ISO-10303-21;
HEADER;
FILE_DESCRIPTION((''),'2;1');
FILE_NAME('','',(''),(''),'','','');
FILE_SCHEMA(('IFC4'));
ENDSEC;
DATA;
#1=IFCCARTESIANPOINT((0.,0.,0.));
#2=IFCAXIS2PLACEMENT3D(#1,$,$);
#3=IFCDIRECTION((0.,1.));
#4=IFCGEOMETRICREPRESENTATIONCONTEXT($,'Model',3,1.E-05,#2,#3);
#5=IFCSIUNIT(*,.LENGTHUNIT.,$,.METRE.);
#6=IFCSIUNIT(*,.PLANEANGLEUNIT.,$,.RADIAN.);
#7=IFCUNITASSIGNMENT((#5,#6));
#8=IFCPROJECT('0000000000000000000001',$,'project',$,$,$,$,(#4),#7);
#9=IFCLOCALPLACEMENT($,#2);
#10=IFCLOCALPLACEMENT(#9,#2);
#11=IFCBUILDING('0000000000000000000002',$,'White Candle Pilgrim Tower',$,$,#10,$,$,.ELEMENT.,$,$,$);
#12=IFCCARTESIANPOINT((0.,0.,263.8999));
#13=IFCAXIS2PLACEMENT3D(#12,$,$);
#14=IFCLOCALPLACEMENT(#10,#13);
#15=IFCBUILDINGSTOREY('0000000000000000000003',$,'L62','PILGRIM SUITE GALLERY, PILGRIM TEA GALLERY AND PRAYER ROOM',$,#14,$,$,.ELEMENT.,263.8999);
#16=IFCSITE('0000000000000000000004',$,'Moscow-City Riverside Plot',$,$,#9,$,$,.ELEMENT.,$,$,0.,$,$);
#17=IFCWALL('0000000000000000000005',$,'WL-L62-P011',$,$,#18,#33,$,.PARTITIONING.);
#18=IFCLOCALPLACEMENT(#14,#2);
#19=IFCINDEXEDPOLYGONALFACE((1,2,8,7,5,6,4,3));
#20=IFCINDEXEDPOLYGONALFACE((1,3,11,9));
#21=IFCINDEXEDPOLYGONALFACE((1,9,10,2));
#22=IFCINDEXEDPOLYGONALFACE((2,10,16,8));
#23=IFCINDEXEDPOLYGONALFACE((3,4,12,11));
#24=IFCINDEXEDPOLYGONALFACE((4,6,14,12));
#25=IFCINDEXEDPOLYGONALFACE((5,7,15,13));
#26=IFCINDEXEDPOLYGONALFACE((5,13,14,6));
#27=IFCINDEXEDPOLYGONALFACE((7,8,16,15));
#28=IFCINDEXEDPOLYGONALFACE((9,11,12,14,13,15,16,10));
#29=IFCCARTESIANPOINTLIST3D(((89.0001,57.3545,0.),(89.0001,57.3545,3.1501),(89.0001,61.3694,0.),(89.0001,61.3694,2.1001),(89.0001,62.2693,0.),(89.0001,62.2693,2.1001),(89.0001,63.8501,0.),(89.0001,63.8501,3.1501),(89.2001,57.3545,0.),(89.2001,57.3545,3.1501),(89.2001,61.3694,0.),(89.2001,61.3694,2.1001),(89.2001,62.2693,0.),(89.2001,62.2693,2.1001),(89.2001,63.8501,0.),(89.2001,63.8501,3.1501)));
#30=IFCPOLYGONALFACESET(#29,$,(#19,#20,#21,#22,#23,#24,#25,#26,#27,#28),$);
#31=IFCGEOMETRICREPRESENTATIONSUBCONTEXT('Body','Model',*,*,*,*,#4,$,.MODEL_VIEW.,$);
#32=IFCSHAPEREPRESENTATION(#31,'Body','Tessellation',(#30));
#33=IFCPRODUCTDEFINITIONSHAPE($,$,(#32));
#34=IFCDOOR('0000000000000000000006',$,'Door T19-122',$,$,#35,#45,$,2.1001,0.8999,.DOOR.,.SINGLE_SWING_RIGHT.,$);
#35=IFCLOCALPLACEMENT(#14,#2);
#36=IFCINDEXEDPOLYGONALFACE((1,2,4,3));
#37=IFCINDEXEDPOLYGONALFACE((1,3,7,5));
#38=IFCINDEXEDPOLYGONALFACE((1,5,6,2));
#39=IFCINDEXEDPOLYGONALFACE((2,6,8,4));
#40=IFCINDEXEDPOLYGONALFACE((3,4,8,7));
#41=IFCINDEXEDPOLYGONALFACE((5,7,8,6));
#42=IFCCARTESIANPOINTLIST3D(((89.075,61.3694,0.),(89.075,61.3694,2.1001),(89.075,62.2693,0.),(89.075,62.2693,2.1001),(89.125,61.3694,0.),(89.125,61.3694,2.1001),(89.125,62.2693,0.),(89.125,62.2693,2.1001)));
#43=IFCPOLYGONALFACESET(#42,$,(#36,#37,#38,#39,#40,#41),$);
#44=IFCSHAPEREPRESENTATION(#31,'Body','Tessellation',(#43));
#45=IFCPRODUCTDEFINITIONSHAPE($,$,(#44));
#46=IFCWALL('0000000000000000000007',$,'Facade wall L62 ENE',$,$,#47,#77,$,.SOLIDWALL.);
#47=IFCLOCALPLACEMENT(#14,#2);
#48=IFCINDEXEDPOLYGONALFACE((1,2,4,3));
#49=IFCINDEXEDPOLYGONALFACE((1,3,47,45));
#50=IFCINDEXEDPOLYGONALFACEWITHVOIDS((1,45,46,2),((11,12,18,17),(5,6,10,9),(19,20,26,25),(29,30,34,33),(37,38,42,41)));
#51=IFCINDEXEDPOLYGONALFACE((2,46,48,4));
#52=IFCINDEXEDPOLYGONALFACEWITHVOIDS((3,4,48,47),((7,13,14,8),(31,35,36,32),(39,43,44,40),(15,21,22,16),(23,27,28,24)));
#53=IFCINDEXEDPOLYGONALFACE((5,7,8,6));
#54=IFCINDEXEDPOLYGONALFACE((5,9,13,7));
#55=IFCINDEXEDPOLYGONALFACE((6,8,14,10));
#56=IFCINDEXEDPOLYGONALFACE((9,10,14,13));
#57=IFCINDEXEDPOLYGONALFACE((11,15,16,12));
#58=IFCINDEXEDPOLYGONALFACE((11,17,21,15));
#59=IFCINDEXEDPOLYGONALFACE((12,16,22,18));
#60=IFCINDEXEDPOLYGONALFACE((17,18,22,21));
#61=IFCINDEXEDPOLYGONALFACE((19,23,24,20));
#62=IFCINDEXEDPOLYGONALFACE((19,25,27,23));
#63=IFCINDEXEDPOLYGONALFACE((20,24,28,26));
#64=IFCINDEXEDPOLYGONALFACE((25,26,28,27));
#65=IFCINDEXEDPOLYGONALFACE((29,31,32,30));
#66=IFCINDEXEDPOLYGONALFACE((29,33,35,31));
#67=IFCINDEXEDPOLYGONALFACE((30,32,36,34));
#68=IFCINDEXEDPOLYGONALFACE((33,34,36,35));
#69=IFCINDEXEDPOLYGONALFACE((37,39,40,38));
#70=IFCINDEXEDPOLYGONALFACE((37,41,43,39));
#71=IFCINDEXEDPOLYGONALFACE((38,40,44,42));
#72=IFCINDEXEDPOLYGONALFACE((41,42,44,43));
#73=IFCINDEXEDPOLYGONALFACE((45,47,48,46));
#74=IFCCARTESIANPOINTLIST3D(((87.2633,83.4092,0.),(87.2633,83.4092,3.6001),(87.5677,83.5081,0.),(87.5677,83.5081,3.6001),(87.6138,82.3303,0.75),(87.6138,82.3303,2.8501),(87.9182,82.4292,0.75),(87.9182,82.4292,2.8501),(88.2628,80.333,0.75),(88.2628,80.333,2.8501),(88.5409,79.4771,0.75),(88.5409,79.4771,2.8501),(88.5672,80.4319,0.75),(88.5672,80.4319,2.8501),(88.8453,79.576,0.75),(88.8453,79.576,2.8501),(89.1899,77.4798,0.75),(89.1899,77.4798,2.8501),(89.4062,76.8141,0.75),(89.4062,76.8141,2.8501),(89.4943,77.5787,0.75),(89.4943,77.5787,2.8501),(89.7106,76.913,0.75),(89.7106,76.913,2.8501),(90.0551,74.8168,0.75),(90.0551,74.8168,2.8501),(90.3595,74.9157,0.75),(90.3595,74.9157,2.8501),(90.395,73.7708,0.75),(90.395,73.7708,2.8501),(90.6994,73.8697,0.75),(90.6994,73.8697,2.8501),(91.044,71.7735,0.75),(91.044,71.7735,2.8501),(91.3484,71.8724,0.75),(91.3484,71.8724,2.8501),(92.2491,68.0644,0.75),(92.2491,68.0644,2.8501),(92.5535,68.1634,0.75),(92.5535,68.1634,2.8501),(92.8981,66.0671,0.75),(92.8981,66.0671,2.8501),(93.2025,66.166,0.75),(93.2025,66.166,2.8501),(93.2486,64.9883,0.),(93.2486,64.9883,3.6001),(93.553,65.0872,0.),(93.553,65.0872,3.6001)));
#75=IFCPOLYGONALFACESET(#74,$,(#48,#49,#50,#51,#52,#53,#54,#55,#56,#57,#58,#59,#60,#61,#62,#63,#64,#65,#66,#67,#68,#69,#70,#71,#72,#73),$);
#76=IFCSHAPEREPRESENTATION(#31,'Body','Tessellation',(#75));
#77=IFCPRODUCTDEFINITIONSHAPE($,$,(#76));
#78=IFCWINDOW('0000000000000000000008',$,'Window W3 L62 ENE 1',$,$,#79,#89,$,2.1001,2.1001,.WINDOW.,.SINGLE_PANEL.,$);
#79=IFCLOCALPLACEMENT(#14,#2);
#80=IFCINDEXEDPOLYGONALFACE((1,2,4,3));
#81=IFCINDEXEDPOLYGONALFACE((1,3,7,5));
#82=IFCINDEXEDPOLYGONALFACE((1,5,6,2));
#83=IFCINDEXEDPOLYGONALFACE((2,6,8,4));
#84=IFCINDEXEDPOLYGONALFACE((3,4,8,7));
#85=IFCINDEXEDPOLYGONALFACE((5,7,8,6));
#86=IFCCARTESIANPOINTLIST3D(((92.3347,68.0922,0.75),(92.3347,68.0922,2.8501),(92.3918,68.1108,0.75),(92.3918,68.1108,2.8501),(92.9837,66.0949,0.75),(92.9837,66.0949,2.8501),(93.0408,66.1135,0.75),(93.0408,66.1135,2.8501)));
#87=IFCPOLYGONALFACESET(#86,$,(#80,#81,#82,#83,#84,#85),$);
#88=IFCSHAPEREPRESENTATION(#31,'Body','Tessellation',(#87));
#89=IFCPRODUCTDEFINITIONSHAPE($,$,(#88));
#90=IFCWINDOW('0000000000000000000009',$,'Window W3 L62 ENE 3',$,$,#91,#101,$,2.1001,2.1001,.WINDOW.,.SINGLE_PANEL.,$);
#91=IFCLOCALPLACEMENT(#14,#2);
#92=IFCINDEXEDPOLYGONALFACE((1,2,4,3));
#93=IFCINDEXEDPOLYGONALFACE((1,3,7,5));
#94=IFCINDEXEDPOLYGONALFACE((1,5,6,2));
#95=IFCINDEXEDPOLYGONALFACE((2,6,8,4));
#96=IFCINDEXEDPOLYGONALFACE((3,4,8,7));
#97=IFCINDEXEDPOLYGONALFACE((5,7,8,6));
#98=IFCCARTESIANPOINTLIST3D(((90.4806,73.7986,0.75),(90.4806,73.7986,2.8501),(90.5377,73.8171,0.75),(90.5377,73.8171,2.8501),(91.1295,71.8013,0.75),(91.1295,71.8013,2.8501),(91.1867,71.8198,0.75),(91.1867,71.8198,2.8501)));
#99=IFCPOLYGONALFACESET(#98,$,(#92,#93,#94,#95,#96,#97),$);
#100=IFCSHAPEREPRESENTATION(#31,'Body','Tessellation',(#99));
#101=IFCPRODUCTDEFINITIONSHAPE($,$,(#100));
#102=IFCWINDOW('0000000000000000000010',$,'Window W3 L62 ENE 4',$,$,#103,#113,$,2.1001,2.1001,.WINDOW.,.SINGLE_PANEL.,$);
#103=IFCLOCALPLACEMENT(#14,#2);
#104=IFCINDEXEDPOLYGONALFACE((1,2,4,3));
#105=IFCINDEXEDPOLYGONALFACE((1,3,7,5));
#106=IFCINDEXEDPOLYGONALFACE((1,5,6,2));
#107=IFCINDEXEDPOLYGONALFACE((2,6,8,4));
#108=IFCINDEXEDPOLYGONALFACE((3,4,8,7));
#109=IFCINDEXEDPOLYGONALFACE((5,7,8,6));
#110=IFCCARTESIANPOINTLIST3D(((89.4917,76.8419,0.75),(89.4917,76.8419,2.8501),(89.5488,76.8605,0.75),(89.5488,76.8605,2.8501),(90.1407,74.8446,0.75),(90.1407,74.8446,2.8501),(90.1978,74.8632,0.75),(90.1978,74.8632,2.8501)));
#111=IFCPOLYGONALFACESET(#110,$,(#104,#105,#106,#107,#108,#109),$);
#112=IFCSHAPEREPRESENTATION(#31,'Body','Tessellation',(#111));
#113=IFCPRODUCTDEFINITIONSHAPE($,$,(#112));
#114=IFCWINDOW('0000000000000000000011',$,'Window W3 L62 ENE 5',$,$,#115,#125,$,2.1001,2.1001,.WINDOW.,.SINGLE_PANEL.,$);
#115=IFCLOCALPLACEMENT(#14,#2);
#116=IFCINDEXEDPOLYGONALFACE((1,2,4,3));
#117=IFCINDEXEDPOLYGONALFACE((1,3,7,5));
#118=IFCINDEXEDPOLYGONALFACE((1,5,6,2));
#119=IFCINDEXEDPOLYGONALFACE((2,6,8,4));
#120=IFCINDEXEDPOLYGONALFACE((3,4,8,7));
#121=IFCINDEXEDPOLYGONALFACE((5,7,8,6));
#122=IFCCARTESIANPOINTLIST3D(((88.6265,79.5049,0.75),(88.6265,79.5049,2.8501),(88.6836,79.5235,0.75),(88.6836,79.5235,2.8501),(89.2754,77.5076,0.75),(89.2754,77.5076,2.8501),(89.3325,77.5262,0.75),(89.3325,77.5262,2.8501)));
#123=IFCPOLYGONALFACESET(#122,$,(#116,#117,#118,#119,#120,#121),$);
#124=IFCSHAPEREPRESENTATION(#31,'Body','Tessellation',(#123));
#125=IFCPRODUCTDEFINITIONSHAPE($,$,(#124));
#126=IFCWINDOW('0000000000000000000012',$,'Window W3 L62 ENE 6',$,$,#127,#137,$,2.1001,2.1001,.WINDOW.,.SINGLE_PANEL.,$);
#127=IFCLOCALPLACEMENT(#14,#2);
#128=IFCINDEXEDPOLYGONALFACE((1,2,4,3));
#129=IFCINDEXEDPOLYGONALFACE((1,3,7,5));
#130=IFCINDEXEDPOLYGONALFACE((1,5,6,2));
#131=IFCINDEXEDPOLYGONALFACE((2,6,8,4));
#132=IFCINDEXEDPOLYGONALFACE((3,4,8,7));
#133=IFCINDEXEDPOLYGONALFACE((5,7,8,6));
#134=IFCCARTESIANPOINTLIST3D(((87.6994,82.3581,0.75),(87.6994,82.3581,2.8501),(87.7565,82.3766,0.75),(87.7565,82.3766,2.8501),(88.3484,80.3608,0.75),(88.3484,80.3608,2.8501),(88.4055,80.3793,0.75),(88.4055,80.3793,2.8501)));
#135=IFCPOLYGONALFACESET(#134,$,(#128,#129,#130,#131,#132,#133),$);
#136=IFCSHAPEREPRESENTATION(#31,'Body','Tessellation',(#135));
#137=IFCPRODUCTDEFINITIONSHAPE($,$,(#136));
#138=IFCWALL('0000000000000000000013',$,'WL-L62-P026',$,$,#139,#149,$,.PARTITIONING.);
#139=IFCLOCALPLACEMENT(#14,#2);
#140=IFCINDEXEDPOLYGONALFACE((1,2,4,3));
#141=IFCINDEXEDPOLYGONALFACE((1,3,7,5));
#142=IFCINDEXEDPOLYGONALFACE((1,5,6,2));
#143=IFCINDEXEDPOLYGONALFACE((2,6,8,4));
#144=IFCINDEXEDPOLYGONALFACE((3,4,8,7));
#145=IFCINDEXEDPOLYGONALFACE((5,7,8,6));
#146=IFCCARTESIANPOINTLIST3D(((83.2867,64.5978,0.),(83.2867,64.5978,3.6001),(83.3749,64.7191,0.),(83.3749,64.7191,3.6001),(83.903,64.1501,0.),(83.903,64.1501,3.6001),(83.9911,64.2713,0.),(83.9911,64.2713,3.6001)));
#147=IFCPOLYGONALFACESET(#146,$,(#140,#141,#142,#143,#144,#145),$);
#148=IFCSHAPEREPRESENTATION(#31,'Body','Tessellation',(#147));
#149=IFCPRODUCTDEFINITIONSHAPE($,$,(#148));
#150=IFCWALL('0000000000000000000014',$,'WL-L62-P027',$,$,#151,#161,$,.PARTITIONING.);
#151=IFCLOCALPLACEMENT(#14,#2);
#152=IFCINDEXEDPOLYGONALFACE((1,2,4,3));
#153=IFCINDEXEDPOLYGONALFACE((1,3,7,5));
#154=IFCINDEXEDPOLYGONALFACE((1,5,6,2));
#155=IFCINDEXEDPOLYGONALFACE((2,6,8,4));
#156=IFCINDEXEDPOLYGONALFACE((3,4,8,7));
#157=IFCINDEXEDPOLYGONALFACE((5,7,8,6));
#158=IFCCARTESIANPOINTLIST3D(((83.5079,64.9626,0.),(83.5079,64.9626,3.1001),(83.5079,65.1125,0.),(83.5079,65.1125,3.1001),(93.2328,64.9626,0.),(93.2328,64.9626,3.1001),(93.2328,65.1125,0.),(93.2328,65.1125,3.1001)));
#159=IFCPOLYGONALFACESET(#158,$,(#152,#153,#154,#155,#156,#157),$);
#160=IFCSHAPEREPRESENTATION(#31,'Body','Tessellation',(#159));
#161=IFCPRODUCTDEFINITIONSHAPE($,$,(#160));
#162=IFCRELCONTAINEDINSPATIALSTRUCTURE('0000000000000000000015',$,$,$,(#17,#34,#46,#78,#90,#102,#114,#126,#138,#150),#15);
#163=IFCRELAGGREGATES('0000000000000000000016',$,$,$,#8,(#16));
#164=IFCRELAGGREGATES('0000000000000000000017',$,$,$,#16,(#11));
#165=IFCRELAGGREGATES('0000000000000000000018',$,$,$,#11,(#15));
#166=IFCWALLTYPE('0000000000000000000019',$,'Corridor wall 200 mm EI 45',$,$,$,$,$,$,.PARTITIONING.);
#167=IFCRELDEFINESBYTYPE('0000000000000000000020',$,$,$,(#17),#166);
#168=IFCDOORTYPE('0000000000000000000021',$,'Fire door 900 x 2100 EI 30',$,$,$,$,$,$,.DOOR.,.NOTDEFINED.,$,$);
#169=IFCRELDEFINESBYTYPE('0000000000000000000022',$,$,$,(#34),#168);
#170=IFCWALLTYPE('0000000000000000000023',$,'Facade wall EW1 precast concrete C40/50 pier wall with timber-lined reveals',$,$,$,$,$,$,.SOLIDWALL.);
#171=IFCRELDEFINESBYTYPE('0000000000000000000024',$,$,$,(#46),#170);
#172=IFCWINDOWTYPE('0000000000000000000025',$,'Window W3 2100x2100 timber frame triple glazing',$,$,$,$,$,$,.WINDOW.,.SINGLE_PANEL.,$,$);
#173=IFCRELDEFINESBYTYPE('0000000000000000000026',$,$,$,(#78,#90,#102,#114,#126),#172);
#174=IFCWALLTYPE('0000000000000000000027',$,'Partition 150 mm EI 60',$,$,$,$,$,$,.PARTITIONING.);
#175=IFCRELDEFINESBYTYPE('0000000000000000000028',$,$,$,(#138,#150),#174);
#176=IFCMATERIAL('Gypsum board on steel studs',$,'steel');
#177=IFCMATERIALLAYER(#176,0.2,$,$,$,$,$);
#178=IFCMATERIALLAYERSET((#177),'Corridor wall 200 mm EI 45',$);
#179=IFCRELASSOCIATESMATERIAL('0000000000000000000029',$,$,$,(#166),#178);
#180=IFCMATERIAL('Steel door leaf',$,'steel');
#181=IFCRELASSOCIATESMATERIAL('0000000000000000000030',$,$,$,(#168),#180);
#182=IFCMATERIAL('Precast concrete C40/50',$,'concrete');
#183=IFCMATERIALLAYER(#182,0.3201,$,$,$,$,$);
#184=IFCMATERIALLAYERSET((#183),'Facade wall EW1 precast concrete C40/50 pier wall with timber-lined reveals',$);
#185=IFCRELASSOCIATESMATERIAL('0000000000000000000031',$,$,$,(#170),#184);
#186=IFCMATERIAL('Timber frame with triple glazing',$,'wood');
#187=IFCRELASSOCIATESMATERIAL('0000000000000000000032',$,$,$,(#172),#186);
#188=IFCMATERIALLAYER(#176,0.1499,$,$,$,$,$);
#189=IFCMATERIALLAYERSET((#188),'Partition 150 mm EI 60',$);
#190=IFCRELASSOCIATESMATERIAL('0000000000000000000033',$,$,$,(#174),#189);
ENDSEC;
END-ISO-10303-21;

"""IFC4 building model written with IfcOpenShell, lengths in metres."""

from ifc_helpers import new_model, si_unit, direction, frame, frame_2d, origin, place, context, subcontext, project, spatial, rectangle, extrude, material, layer, layer_set, type_object, element, fill, save


model = new_model("IFC4")

# Units and contexts
model_context = context("Model", 3, precision=1e-05, world=origin(), true_north=direction((0.0, 1.0)))
body_context = subcontext(model_context, "Body", "Model", "MODEL_VIEW")
ifc_project = project(units=[si_unit("LENGTHUNIT", "METRE"), si_unit("PLANEANGLEUNIT", "RADIAN")], contexts=[model_context])

# Site, building, storey
site_placement = place(None, origin())
site = spatial("IfcSite", under=ifc_project, at=site_placement, Name="Moscow-City Riverside Plot", CompositionType="ELEMENT", RefElevation=0.0)
building_placement = place(site_placement, origin())
building = spatial("IfcBuilding", under=site, at=building_placement, Name="White Candle Pilgrim Tower", CompositionType="ELEMENT")
storey_placement = place(building_placement, frame((0.0, 0.0, 263.8999)))
storey = spatial("IfcBuildingStorey", under=building, at=storey_placement, Name="L62", Description="PILGRIM SUITE GALLERY, PILGRIM TEA GALLERY AND PRAYER ROOM", CompositionType="ELEMENT", Elevation=263.8999)

# Shared definitions
ifc_material_1 = material(Name="Gypsum board on steel studs", Category="steel")
ifc_layer_1 = layer(ifc_material_1, 0.2)
ifc_layer_set_1 = layer_set([ifc_layer_1], Name="Corridor wall 200 mm EI 45")
wall_type_1 = type_object("IfcWallType", Name="Corridor wall 200 mm EI 45", PredefinedType="PARTITIONING", material=ifc_layer_set_1)

# Shared definitions
ifc_material_2 = material(Name="Steel door leaf", Category="steel")
door_type = type_object("IfcDoorType", Name="Fire door 900 x 2100 EI 30", OperationType="NOTDEFINED", PredefinedType="DOOR", material=ifc_material_2)

# Wall, opening, door
wall_1_placement = place(storey_placement, frame((89.1001, 63.8501, 0.0), z_axis=(0.0, 0.0, 1.0), x_axis=(0.0, -1.0, 0.0)))
wall_1 = element("IfcWall", 1, at=wall_1_placement, inside=storey, type_object=wall_type_1, Name="WL-L62-P011", PredefinedType="PARTITIONING", context=body_context, shape_type="SweptSolid", body=[
    extrude(rectangle(XDim=6.4956, YDim=0.2, at=frame_2d((3.2478, 0.0))), origin(), (0.0, 0.0, 1.0), 3.1501),
])
opening_1_placement = place(wall_1_placement, frame((1.5808, 0.0, 0.0)))
opening_1 = element("IfcOpeningElement", 2, at=opening_1_placement, cuts=wall_1, PredefinedType="OPENING", context=body_context, shape_type="SweptSolid", body=[
    extrude(rectangle(XDim=0.8999, YDim=2.1001, at=frame_2d((0.45, 1.05))), frame((0.0, 0.1099, 0.0), z_axis=(0.0, -1.0, 0.0), x_axis=(1.0, 0.0, 0.0)), (0.0, 0.0, 1.0), 0.22),
])
door_1_placement = place(opening_1_placement, origin())
door_1 = element("IfcDoor", 3, at=door_1_placement, inside=storey, type_object=door_type, Name="Door T19-122", OperationType="SINGLE_SWING_RIGHT", OverallHeight=2.1001, OverallWidth=0.8999, PredefinedType="DOOR", context=body_context, shape_type="SweptSolid", body=[
    extrude(rectangle(XDim=0.8999, YDim=2.1001, at=frame_2d((0.45, 1.05))), frame((0.0, 0.0249, 0.0), z_axis=(0.0, -1.0, 0.0), x_axis=(1.0, 0.0, 0.0)), (0.0, 0.0, 1.0), 0.05),
])
fill(opening_1, door_1)

# Wall, openings, windows
ifc_material_3 = material(Name="Precast concrete C40/50", Category="concrete")
ifc_layer_2 = layer(ifc_material_3, 0.3201)
ifc_layer_set_2 = layer_set([ifc_layer_2], Name="Facade wall EW1 precast concrete C40/50 pier wall with timber-lined reveals")
wall_type_2 = type_object("IfcWallType", Name="Facade wall EW1 precast concrete C40/50 pier wall with timber-lined reveals", PredefinedType="SOLIDWALL", material=ifc_layer_set_2)
wall_2_placement = place(storey_placement, frame((93.4009, 65.0376, 0.0), z_axis=(0.0, 0.0, 1.0), x_axis=(-0.309019, 0.951056, 0.0)))
wall_2 = element("IfcWall", 4, at=wall_2_placement, inside=storey, type_object=wall_type_2, Name="Facade wall L62 ENE", PredefinedType="SOLIDWALL", context=body_context, shape_type="SweptSolid", body=[
    extrude(rectangle(XDim=19.3689, YDim=0.3201, at=frame_2d((9.6846, 0.0))), origin(), (0.0, 0.0, 1.0), 3.6001),
])
opening_2_placement = place(wall_2_placement, frame((1.1345, 0.0, 0.75)))
opening_2 = element("IfcOpeningElement", 5, at=opening_2_placement, cuts=wall_2, PredefinedType="OPENING", context=body_context, shape_type="SweptSolid", body=[
    extrude(rectangle(XDim=2.1001, YDim=2.1001, at=frame_2d((1.05, 1.05))), frame((0.0, 0.1699, 0.0), z_axis=(0.0, -1.0, 0.0), x_axis=(1.0, 0.0, 0.0)), (0.0, 0.0, 1.0), 0.3401),
])
opening_3_placement = place(wall_2_placement, frame((7.1345, 0.0, 0.75)))
opening_3 = element("IfcOpeningElement", 6, at=opening_3_placement, cuts=wall_2, PredefinedType="OPENING", context=body_context, shape_type="SweptSolid", body=[
    extrude(rectangle(XDim=2.1001, YDim=2.1001, at=frame_2d((1.05, 1.05))), frame((0.0, 0.1699, 0.0), z_axis=(0.0, -1.0, 0.0), x_axis=(1.0, 0.0, 0.0)), (0.0, 0.0, 1.0), 0.3401),
])
opening_4_placement = place(wall_2_placement, frame((10.3345, 0.0, 0.75)))
opening_4 = element("IfcOpeningElement", 7, at=opening_4_placement, cuts=wall_2, PredefinedType="OPENING", context=body_context, shape_type="SweptSolid", body=[
    extrude(rectangle(XDim=2.1001, YDim=2.1001, at=frame_2d((1.05, 1.05))), frame((0.0, 0.1699, 0.0), z_axis=(0.0, -1.0, 0.0), x_axis=(1.0, 0.0, 0.0)), (0.0, 0.0, 1.0), 0.3401),
])
opening_5_placement = place(wall_2_placement, frame((13.1345, 0.0, 0.75)))
opening_5 = element("IfcOpeningElement", 8, at=opening_5_placement, cuts=wall_2, PredefinedType="OPENING", context=body_context, shape_type="SweptSolid", body=[
    extrude(rectangle(XDim=2.1001, YDim=2.1001, at=frame_2d((1.05, 1.05))), frame((0.0, 0.1699, 0.0), z_axis=(0.0, -1.0, 0.0), x_axis=(1.0, 0.0, 0.0)), (0.0, 0.0, 1.0), 0.3401),
])
opening_6_placement = place(wall_2_placement, frame((16.1345, 0.0, 0.75)))
opening_6 = element("IfcOpeningElement", 9, at=opening_6_placement, cuts=wall_2, PredefinedType="OPENING", context=body_context, shape_type="SweptSolid", body=[
    extrude(rectangle(XDim=2.1001, YDim=2.1001, at=frame_2d((1.05, 1.05))), frame((0.0, 0.1699, 0.0), z_axis=(0.0, -1.0, 0.0), x_axis=(1.0, 0.0, 0.0)), (0.0, 0.0, 1.0), 0.3401),
])
ifc_material_4 = material(Name="Timber frame with triple glazing", Category="wood")
window_type = type_object("IfcWindowType", Name="Window W3 2100x2100 timber frame triple glazing", PartitioningType="SINGLE_PANEL", PredefinedType="WINDOW", material=ifc_material_4)
window_1_placement = place(opening_2_placement, origin())
window_1 = element("IfcWindow", 10, at=window_1_placement, inside=storey, type_object=window_type, Name="Window W3 L62 ENE 1", OverallHeight=2.1001, OverallWidth=2.1001, PartitioningType="SINGLE_PANEL", PredefinedType="WINDOW", context=body_context, shape_type="SweptSolid", body=[
    extrude(rectangle(XDim=2.1001, YDim=2.1001, at=frame_2d((1.05, 1.05))), frame((0.0, 0.0701, 0.0), z_axis=(0.0, -1.0, 0.0), x_axis=(1.0, 0.0, 0.0)), (0.0, 0.0, 1.0), 0.0601),
])
fill(opening_2, window_1)
window_2_placement = place(opening_3_placement, origin())
window_2 = element("IfcWindow", 11, at=window_2_placement, inside=storey, type_object=window_type, Name="Window W3 L62 ENE 3", OverallHeight=2.1001, OverallWidth=2.1001, PartitioningType="SINGLE_PANEL", PredefinedType="WINDOW", context=body_context, shape_type="SweptSolid", body=[
    extrude(rectangle(XDim=2.1001, YDim=2.1001, at=frame_2d((1.05, 1.05))), frame((0.0, 0.0701, 0.0), z_axis=(0.0, -1.0, 0.0), x_axis=(1.0, 0.0, 0.0)), (0.0, 0.0, 1.0), 0.0601),
])
fill(opening_3, window_2)
window_3_placement = place(opening_4_placement, origin())
window_3 = element("IfcWindow", 12, at=window_3_placement, inside=storey, type_object=window_type, Name="Window W3 L62 ENE 4", OverallHeight=2.1001, OverallWidth=2.1001, PartitioningType="SINGLE_PANEL", PredefinedType="WINDOW", context=body_context, shape_type="SweptSolid", body=[
    extrude(rectangle(XDim=2.1001, YDim=2.1001, at=frame_2d((1.05, 1.05))), frame((0.0, 0.0701, 0.0), z_axis=(0.0, -1.0, 0.0), x_axis=(1.0, 0.0, 0.0)), (0.0, 0.0, 1.0), 0.0601),
])
fill(opening_4, window_3)
window_4_placement = place(opening_5_placement, origin())
window_4 = element("IfcWindow", 13, at=window_4_placement, inside=storey, type_object=window_type, Name="Window W3 L62 ENE 5", OverallHeight=2.1001, OverallWidth=2.1001, PartitioningType="SINGLE_PANEL", PredefinedType="WINDOW", context=body_context, shape_type="SweptSolid", body=[
    extrude(rectangle(XDim=2.1001, YDim=2.1001, at=frame_2d((1.05, 1.05))), frame((0.0, 0.0701, 0.0), z_axis=(0.0, -1.0, 0.0), x_axis=(1.0, 0.0, 0.0)), (0.0, 0.0, 1.0), 0.0601),
])
fill(opening_5, window_4)
window_5_placement = place(opening_6_placement, origin())
window_5 = element("IfcWindow", 14, at=window_5_placement, inside=storey, type_object=window_type, Name="Window W3 L62 ENE 6", OverallHeight=2.1001, OverallWidth=2.1001, PartitioningType="SINGLE_PANEL", PredefinedType="WINDOW", context=body_context, shape_type="SweptSolid", body=[
    extrude(rectangle(XDim=2.1001, YDim=2.1001, at=frame_2d((1.05, 1.05))), frame((0.0, 0.0701, 0.0), z_axis=(0.0, -1.0, 0.0), x_axis=(1.0, 0.0, 0.0)), (0.0, 0.0, 1.0), 0.0601),
])
fill(opening_6, window_5)

# Walls
ifc_layer_3 = layer(ifc_material_1, 0.1499)
ifc_layer_set_3 = layer_set([ifc_layer_3], Name="Partition 150 mm EI 60")
wall_type_3 = type_object("IfcWallType", Name="Partition 150 mm EI 60", PredefinedType="PARTITIONING", material=ifc_layer_set_3)
wall_3_placement = place(storey_placement, frame((83.947, 64.2107, 0.0), z_axis=(0.0, 0.0, 1.0), x_axis=(-0.808985, 0.587829, 0.0)))
element("IfcWall", 15, at=wall_3_placement, inside=storey, type_object=wall_type_3, Name="WL-L62-P026", PredefinedType="PARTITIONING", context=body_context, shape_type="SweptSolid", body=[
    extrude(rectangle(XDim=0.7617, YDim=0.1499, at=frame_2d((0.3809, 0.0))), origin(), (0.0, 0.0, 1.0), 3.6001),
])
wall_4_placement = place(storey_placement, frame((93.2327, 65.0376, 0.0), z_axis=(0.0, 0.0, 1.0), x_axis=(-1.0, 0.0, 0.0)))
element("IfcWall", 16, at=wall_4_placement, inside=storey, type_object=wall_type_3, Name="WL-L62-P027", PredefinedType="PARTITIONING", context=body_context, shape_type="SweptSolid", body=[
    extrude(rectangle(XDim=9.7249, YDim=0.1499, at=frame_2d((4.8623, 0.0))), origin(), (0.0, 0.0, 1.0), 3.1001),
])

save(model, "model.ifc")
